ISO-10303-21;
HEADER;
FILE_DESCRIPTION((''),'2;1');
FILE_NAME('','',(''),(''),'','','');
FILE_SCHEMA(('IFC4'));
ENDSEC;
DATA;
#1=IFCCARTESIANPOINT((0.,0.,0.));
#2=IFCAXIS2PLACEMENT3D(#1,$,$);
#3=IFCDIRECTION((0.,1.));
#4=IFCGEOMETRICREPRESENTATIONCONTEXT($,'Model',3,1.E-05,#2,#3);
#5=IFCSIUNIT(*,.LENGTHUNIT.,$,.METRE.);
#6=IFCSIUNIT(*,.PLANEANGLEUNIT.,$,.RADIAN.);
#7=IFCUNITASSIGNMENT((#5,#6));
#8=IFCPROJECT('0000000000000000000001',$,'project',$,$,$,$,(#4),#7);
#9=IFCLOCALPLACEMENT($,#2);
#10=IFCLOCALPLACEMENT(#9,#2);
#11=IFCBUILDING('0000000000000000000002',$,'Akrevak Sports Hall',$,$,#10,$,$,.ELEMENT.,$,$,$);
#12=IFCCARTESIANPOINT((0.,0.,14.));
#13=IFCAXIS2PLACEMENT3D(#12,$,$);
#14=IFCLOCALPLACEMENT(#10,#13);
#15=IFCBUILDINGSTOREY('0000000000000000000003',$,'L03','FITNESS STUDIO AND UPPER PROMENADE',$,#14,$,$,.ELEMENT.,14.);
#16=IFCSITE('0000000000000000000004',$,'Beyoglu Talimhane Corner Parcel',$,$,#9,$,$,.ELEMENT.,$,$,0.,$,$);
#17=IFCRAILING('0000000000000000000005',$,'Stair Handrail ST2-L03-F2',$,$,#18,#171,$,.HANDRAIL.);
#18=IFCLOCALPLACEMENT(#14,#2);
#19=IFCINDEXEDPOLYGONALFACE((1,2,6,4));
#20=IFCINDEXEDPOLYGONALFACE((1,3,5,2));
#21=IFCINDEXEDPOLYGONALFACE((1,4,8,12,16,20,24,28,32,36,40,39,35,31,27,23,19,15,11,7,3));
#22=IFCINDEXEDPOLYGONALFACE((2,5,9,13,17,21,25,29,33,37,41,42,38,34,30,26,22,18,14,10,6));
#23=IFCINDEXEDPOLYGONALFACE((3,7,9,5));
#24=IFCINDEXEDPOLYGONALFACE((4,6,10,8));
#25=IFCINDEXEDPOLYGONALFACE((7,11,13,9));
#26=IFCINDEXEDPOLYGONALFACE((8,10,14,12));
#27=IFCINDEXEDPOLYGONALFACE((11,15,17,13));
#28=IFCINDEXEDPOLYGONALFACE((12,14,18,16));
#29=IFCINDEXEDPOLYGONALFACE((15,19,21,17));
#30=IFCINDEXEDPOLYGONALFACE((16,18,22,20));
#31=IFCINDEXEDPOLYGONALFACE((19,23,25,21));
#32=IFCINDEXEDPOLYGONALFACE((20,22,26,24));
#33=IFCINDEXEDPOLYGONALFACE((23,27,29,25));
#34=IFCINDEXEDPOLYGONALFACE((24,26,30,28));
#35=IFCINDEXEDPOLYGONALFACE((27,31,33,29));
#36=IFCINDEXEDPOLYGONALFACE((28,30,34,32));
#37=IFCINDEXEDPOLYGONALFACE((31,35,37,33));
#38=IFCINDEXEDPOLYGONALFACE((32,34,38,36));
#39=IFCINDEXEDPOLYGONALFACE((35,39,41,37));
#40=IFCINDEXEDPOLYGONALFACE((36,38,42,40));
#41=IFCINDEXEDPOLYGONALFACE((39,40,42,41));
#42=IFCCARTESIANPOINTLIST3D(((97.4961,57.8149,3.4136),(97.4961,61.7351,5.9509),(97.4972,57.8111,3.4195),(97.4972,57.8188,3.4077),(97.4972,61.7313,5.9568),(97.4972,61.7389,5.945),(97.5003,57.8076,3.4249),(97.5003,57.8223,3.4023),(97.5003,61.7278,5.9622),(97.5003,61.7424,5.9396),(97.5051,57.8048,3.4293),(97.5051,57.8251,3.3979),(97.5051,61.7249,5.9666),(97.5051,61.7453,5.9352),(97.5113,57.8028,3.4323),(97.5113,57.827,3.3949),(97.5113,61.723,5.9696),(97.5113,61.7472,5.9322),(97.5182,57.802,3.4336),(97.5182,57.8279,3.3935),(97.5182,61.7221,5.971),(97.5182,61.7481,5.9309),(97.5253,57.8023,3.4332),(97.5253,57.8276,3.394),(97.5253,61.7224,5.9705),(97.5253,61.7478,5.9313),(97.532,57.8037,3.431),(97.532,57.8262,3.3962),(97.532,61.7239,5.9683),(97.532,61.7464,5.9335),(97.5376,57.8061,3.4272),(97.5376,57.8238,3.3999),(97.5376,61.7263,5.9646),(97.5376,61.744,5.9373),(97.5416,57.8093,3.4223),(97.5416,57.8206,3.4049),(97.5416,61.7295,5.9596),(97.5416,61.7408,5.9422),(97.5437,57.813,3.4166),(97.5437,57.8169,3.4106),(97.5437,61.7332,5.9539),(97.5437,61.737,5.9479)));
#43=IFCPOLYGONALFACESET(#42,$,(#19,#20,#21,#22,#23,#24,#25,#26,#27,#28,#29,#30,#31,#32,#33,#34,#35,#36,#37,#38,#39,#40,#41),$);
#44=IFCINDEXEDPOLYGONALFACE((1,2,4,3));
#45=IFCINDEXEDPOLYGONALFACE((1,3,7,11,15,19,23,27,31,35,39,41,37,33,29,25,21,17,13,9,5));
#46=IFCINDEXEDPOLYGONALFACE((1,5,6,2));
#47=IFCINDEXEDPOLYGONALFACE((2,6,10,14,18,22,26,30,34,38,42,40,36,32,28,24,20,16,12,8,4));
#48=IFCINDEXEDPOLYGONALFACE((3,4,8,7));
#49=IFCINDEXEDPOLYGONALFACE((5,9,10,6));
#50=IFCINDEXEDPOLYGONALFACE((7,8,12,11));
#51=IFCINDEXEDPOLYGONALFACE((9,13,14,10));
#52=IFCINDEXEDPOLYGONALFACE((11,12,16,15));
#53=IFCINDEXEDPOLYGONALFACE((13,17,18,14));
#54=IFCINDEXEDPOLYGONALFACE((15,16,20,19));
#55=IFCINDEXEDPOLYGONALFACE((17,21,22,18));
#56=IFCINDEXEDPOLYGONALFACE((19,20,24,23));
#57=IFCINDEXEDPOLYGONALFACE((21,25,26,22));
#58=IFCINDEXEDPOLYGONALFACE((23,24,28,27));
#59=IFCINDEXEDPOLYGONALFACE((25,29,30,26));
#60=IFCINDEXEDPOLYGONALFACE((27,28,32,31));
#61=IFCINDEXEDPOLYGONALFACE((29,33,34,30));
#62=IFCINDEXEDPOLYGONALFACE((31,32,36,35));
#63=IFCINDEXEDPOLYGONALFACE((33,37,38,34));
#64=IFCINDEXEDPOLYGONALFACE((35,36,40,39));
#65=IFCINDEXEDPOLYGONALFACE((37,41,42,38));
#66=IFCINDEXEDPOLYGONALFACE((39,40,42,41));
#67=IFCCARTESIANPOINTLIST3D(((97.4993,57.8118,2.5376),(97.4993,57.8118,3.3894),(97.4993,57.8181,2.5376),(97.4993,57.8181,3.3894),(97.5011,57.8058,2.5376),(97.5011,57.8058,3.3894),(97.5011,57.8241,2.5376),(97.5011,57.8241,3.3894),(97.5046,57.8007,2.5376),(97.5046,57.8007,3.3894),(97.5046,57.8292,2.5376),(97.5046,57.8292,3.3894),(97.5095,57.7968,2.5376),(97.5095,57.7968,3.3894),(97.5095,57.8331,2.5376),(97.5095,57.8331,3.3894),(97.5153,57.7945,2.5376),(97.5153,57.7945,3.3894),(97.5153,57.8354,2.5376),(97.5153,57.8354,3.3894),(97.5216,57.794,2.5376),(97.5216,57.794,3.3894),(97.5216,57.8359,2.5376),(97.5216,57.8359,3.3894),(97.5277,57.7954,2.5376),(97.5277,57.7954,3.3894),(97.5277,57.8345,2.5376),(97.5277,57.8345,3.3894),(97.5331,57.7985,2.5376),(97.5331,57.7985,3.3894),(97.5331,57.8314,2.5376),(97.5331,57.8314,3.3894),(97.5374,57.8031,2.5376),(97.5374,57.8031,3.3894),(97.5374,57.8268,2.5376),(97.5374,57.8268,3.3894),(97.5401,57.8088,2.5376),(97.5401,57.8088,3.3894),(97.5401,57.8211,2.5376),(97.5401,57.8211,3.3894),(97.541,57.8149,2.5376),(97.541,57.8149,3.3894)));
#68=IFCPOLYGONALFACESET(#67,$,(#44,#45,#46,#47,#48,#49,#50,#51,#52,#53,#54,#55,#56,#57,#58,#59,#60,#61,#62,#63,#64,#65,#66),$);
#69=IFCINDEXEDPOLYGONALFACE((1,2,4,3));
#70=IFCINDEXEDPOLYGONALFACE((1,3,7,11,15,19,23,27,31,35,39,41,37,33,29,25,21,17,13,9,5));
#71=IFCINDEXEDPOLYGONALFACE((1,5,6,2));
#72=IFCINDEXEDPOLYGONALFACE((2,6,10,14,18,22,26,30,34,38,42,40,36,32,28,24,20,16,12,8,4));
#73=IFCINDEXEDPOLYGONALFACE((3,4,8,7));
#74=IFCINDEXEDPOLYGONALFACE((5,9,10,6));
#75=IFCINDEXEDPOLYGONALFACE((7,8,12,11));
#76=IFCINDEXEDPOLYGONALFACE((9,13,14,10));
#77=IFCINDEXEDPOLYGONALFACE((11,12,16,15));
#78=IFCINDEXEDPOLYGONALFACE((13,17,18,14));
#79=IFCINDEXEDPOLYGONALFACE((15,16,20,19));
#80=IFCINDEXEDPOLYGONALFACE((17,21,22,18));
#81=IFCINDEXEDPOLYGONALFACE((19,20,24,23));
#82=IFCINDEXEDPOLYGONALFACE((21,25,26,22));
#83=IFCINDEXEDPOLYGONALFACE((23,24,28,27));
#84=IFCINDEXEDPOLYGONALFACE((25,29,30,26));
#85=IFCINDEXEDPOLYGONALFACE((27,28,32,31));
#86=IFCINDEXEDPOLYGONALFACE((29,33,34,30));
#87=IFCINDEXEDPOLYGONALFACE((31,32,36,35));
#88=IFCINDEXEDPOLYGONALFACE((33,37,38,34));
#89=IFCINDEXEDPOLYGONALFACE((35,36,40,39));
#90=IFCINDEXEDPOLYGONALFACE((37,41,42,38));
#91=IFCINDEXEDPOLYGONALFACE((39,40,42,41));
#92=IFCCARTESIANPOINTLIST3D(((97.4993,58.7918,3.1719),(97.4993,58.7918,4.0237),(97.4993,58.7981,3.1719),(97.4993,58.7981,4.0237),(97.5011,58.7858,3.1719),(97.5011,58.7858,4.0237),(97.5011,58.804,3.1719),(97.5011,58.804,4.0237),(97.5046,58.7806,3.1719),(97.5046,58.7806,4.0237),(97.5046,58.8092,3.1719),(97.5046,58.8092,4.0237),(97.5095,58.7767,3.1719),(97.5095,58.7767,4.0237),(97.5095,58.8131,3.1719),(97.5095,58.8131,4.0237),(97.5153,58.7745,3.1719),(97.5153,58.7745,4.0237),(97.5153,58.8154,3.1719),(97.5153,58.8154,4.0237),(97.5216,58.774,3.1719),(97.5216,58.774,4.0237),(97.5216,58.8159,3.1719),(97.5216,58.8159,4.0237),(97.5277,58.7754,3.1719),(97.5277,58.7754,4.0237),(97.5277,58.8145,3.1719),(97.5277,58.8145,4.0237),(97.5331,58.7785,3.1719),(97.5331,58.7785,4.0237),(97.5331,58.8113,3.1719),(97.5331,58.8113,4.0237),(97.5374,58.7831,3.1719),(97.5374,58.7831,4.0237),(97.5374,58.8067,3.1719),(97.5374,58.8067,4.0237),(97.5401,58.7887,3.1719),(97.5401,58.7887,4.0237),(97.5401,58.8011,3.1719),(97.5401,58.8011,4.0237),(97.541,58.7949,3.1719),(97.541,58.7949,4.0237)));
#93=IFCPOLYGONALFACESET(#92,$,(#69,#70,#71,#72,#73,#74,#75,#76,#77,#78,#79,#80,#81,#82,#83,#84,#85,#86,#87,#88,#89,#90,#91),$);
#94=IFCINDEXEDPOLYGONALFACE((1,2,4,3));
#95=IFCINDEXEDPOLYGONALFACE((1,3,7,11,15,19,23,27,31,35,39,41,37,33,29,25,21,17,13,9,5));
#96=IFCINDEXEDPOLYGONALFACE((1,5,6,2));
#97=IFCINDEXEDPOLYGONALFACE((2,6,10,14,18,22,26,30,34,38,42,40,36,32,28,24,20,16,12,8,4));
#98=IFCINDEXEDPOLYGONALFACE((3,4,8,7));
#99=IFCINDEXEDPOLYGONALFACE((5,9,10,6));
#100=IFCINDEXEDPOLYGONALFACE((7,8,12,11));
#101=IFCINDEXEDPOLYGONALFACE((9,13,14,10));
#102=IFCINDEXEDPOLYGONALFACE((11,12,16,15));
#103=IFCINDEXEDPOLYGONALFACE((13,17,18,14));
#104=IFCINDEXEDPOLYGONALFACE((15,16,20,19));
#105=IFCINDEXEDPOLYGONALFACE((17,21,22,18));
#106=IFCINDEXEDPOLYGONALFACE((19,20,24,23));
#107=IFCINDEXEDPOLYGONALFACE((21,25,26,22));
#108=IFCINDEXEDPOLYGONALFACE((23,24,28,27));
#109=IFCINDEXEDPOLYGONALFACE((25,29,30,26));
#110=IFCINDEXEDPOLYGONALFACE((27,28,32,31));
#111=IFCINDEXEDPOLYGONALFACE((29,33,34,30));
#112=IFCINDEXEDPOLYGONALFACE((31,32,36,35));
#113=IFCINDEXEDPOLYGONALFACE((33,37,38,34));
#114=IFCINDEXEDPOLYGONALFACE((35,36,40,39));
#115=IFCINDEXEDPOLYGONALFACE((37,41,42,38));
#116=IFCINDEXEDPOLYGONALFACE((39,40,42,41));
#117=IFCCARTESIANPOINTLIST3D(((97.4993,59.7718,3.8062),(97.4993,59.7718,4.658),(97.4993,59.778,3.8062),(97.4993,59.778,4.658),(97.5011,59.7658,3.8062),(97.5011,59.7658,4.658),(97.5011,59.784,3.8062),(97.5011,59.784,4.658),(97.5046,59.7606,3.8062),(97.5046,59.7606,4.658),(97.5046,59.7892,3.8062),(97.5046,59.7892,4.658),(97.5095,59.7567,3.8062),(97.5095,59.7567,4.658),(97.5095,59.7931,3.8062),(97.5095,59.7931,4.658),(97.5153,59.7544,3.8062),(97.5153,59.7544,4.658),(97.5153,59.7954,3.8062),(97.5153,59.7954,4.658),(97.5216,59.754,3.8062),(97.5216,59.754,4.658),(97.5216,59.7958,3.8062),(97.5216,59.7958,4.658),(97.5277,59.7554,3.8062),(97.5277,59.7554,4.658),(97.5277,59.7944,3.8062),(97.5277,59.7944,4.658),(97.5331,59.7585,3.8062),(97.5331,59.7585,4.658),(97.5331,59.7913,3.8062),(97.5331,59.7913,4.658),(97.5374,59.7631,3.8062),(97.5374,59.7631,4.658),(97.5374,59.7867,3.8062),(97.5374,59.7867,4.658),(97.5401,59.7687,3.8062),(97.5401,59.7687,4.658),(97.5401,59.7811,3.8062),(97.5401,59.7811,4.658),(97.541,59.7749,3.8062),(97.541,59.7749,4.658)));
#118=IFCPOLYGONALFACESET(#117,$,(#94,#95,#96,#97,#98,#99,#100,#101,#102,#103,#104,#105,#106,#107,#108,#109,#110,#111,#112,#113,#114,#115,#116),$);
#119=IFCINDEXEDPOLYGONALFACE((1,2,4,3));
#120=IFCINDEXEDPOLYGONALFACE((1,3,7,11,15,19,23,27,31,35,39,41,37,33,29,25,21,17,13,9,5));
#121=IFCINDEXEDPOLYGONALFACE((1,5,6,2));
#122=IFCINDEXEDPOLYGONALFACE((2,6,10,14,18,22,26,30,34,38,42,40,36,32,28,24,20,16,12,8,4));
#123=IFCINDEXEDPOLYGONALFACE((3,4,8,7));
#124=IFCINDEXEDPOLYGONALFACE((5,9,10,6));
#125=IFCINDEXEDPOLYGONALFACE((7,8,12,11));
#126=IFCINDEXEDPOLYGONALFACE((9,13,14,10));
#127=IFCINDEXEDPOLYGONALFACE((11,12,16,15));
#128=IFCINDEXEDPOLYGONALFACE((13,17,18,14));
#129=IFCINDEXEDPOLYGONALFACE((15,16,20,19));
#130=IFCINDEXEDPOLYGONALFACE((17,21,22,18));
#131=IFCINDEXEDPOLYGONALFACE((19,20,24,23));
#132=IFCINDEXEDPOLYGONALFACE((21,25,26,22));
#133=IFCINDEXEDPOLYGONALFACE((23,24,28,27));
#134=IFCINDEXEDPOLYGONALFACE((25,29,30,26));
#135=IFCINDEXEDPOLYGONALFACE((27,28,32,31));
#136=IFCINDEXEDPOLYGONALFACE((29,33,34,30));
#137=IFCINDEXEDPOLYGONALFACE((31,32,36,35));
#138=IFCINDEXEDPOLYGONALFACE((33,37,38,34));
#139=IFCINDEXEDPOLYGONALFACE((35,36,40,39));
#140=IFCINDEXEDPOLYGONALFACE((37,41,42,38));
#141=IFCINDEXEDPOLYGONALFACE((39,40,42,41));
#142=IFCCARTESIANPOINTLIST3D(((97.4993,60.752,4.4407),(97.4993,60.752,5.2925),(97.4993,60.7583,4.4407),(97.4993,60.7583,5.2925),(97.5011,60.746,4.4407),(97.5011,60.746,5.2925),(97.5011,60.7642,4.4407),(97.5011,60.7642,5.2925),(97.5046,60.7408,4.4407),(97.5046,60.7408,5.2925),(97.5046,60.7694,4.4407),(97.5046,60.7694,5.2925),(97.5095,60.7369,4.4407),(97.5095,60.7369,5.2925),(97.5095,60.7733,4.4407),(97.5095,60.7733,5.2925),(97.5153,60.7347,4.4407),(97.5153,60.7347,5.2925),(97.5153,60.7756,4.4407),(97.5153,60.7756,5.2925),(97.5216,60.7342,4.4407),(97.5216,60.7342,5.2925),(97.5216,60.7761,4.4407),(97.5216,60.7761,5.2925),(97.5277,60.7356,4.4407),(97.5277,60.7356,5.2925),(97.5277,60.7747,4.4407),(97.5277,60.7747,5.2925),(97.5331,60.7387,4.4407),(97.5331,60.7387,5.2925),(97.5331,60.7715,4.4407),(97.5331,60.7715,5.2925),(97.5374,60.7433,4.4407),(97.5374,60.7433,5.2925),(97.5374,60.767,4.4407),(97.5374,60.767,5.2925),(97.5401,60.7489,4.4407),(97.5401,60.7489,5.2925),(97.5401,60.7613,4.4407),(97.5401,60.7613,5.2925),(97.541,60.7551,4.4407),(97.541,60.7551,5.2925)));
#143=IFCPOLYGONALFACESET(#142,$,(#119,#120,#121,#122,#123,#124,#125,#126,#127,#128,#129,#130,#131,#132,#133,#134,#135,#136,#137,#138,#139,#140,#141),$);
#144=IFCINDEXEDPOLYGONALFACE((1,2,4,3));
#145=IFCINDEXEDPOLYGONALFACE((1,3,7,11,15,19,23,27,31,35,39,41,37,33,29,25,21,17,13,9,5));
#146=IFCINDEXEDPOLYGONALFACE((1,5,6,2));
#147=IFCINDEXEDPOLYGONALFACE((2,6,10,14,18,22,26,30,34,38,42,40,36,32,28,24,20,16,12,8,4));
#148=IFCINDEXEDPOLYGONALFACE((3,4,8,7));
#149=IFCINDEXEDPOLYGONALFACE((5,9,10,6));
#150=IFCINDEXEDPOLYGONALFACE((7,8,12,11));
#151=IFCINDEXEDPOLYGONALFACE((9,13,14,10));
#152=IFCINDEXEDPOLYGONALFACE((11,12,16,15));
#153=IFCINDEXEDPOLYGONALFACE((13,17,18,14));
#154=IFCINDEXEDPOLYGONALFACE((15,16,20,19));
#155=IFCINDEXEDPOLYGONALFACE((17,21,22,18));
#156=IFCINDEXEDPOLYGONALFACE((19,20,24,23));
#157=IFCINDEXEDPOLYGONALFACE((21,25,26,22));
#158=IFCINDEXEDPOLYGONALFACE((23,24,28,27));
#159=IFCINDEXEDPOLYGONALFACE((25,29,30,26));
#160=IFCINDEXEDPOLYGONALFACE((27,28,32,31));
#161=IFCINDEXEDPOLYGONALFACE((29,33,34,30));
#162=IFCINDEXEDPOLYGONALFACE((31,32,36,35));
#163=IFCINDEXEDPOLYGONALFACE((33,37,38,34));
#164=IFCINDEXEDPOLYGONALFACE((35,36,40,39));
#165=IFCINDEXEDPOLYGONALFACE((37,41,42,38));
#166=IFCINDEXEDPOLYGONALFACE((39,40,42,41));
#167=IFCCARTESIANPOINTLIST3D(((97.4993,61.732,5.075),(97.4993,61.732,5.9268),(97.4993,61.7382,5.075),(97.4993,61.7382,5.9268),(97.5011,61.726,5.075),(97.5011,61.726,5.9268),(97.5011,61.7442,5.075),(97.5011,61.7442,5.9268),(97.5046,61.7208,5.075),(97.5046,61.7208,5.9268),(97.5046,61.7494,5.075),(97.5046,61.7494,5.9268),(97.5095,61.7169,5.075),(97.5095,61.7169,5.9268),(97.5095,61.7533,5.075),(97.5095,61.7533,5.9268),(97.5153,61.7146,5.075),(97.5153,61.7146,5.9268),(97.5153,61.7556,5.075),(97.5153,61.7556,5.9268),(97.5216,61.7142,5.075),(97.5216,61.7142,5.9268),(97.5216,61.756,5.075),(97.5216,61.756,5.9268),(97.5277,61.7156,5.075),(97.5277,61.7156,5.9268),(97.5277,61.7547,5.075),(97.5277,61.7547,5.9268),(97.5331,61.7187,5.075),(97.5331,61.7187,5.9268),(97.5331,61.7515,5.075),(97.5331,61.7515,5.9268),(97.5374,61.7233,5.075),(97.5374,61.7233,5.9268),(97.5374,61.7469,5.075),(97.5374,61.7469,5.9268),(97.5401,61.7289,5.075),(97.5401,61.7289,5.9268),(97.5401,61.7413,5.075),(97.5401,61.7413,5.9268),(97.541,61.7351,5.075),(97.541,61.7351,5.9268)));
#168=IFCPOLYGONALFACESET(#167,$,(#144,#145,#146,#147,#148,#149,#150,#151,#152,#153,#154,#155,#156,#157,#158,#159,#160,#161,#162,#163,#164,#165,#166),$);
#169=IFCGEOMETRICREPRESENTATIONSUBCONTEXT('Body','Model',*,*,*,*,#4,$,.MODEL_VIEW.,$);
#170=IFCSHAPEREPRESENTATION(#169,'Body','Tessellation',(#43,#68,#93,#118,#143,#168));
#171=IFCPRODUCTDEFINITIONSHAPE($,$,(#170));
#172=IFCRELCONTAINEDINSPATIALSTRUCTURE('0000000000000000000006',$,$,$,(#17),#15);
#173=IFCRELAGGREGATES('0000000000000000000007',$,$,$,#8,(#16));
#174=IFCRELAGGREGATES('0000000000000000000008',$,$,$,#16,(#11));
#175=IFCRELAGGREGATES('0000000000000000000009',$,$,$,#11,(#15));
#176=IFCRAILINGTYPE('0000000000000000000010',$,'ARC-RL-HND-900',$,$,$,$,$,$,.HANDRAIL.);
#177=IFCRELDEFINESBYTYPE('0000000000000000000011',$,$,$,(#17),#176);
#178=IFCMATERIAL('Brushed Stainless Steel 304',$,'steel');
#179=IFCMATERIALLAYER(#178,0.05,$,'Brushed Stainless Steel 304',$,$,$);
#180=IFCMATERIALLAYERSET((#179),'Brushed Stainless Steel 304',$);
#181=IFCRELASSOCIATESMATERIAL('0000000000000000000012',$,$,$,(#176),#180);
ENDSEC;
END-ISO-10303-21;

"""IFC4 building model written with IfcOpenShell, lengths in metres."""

from ifc_helpers import new_model, si_unit, direction, frame, origin, origin_2d, place, context, subcontext, project, spatial, circle, extrude, material, layer, layer_set, type_object, element, save


model = new_model("IFC4")

# Units and contexts
model_context = context("Model", 3, precision=1e-05, world=origin(), true_north=direction((0.0, 1.0)))
body_context = subcontext(model_context, "Body", "Model", "MODEL_VIEW")
ifc_project = project(units=[si_unit("LENGTHUNIT", "METRE"), si_unit("PLANEANGLEUNIT", "RADIAN")], contexts=[model_context])

# Site, building, storey
site_placement = place(None, origin())
site = spatial("IfcSite", under=ifc_project, at=site_placement, Name="Beyoglu Talimhane Corner Parcel", CompositionType="ELEMENT", RefElevation=0.0)
building_placement = place(site_placement, origin())
building = spatial("IfcBuilding", under=site, at=building_placement, Name="Akrevak Sports Hall", CompositionType="ELEMENT")
storey_placement = place(building_placement, frame((0.0, 0.0, 14.0)))
storey = spatial("IfcBuildingStorey", under=building, at=storey_placement, Name="L03", Description="FITNESS STUDIO AND UPPER PROMENADE", CompositionType="ELEMENT", Elevation=14.0)

# Railing
ifc_material_1 = material(Name="Brushed Stainless Steel 304", Category="steel")
ifc_layer_1 = layer(ifc_material_1, 0.05, Name="Brushed Stainless Steel 304")
ifc_layer_set_1 = layer_set([ifc_layer_1], Name="Brushed Stainless Steel 304")
railing_type_1 = type_object("IfcRailingType", Name="ARC-RL-HND-900", PredefinedType="HANDRAIL", material=ifc_layer_set_1)
railing_1_placement = place(storey_placement, frame((97.52, 57.8149, 2.5376)))
element("IfcRailing", 1, at=railing_1_placement, inside=storey, type_object=railing_type_1, Name="Stair Handrail ST2-L03-F2", PredefinedType="HANDRAIL", context=body_context, shape_type="SweptSolid", body=[
    extrude(circle(Radius=0.0239, at=origin_2d()), frame((0.0, 0.0, 0.876), z_axis=(0.0, 0.839494, 0.543368), x_axis=(-1.0, 0.0, 0.0)), (0.0, 0.0, 1.0), 4.6697),
    extrude(circle(Radius=0.021, at=origin_2d()), origin(), (0.0, 0.0, 1.0), 0.8518),
    extrude(circle(Radius=0.021, at=origin_2d()), frame((0.0, 0.98, 0.6343)), (0.0, 0.0, 1.0), 0.8518),
    extrude(circle(Radius=0.021, at=origin_2d()), frame((0.0, 1.96, 1.2686)), (0.0, 0.0, 1.0), 0.8518),
    extrude(circle(Radius=0.021, at=origin_2d()), frame((0.0, 2.9402, 1.9031)), (0.0, 0.0, 1.0), 0.8518),
    extrude(circle(Radius=0.021, at=origin_2d()), frame((0.0, 3.9202, 2.5374)), (0.0, 0.0, 1.0), 0.8518),
])

save(model, "model.ifc")
